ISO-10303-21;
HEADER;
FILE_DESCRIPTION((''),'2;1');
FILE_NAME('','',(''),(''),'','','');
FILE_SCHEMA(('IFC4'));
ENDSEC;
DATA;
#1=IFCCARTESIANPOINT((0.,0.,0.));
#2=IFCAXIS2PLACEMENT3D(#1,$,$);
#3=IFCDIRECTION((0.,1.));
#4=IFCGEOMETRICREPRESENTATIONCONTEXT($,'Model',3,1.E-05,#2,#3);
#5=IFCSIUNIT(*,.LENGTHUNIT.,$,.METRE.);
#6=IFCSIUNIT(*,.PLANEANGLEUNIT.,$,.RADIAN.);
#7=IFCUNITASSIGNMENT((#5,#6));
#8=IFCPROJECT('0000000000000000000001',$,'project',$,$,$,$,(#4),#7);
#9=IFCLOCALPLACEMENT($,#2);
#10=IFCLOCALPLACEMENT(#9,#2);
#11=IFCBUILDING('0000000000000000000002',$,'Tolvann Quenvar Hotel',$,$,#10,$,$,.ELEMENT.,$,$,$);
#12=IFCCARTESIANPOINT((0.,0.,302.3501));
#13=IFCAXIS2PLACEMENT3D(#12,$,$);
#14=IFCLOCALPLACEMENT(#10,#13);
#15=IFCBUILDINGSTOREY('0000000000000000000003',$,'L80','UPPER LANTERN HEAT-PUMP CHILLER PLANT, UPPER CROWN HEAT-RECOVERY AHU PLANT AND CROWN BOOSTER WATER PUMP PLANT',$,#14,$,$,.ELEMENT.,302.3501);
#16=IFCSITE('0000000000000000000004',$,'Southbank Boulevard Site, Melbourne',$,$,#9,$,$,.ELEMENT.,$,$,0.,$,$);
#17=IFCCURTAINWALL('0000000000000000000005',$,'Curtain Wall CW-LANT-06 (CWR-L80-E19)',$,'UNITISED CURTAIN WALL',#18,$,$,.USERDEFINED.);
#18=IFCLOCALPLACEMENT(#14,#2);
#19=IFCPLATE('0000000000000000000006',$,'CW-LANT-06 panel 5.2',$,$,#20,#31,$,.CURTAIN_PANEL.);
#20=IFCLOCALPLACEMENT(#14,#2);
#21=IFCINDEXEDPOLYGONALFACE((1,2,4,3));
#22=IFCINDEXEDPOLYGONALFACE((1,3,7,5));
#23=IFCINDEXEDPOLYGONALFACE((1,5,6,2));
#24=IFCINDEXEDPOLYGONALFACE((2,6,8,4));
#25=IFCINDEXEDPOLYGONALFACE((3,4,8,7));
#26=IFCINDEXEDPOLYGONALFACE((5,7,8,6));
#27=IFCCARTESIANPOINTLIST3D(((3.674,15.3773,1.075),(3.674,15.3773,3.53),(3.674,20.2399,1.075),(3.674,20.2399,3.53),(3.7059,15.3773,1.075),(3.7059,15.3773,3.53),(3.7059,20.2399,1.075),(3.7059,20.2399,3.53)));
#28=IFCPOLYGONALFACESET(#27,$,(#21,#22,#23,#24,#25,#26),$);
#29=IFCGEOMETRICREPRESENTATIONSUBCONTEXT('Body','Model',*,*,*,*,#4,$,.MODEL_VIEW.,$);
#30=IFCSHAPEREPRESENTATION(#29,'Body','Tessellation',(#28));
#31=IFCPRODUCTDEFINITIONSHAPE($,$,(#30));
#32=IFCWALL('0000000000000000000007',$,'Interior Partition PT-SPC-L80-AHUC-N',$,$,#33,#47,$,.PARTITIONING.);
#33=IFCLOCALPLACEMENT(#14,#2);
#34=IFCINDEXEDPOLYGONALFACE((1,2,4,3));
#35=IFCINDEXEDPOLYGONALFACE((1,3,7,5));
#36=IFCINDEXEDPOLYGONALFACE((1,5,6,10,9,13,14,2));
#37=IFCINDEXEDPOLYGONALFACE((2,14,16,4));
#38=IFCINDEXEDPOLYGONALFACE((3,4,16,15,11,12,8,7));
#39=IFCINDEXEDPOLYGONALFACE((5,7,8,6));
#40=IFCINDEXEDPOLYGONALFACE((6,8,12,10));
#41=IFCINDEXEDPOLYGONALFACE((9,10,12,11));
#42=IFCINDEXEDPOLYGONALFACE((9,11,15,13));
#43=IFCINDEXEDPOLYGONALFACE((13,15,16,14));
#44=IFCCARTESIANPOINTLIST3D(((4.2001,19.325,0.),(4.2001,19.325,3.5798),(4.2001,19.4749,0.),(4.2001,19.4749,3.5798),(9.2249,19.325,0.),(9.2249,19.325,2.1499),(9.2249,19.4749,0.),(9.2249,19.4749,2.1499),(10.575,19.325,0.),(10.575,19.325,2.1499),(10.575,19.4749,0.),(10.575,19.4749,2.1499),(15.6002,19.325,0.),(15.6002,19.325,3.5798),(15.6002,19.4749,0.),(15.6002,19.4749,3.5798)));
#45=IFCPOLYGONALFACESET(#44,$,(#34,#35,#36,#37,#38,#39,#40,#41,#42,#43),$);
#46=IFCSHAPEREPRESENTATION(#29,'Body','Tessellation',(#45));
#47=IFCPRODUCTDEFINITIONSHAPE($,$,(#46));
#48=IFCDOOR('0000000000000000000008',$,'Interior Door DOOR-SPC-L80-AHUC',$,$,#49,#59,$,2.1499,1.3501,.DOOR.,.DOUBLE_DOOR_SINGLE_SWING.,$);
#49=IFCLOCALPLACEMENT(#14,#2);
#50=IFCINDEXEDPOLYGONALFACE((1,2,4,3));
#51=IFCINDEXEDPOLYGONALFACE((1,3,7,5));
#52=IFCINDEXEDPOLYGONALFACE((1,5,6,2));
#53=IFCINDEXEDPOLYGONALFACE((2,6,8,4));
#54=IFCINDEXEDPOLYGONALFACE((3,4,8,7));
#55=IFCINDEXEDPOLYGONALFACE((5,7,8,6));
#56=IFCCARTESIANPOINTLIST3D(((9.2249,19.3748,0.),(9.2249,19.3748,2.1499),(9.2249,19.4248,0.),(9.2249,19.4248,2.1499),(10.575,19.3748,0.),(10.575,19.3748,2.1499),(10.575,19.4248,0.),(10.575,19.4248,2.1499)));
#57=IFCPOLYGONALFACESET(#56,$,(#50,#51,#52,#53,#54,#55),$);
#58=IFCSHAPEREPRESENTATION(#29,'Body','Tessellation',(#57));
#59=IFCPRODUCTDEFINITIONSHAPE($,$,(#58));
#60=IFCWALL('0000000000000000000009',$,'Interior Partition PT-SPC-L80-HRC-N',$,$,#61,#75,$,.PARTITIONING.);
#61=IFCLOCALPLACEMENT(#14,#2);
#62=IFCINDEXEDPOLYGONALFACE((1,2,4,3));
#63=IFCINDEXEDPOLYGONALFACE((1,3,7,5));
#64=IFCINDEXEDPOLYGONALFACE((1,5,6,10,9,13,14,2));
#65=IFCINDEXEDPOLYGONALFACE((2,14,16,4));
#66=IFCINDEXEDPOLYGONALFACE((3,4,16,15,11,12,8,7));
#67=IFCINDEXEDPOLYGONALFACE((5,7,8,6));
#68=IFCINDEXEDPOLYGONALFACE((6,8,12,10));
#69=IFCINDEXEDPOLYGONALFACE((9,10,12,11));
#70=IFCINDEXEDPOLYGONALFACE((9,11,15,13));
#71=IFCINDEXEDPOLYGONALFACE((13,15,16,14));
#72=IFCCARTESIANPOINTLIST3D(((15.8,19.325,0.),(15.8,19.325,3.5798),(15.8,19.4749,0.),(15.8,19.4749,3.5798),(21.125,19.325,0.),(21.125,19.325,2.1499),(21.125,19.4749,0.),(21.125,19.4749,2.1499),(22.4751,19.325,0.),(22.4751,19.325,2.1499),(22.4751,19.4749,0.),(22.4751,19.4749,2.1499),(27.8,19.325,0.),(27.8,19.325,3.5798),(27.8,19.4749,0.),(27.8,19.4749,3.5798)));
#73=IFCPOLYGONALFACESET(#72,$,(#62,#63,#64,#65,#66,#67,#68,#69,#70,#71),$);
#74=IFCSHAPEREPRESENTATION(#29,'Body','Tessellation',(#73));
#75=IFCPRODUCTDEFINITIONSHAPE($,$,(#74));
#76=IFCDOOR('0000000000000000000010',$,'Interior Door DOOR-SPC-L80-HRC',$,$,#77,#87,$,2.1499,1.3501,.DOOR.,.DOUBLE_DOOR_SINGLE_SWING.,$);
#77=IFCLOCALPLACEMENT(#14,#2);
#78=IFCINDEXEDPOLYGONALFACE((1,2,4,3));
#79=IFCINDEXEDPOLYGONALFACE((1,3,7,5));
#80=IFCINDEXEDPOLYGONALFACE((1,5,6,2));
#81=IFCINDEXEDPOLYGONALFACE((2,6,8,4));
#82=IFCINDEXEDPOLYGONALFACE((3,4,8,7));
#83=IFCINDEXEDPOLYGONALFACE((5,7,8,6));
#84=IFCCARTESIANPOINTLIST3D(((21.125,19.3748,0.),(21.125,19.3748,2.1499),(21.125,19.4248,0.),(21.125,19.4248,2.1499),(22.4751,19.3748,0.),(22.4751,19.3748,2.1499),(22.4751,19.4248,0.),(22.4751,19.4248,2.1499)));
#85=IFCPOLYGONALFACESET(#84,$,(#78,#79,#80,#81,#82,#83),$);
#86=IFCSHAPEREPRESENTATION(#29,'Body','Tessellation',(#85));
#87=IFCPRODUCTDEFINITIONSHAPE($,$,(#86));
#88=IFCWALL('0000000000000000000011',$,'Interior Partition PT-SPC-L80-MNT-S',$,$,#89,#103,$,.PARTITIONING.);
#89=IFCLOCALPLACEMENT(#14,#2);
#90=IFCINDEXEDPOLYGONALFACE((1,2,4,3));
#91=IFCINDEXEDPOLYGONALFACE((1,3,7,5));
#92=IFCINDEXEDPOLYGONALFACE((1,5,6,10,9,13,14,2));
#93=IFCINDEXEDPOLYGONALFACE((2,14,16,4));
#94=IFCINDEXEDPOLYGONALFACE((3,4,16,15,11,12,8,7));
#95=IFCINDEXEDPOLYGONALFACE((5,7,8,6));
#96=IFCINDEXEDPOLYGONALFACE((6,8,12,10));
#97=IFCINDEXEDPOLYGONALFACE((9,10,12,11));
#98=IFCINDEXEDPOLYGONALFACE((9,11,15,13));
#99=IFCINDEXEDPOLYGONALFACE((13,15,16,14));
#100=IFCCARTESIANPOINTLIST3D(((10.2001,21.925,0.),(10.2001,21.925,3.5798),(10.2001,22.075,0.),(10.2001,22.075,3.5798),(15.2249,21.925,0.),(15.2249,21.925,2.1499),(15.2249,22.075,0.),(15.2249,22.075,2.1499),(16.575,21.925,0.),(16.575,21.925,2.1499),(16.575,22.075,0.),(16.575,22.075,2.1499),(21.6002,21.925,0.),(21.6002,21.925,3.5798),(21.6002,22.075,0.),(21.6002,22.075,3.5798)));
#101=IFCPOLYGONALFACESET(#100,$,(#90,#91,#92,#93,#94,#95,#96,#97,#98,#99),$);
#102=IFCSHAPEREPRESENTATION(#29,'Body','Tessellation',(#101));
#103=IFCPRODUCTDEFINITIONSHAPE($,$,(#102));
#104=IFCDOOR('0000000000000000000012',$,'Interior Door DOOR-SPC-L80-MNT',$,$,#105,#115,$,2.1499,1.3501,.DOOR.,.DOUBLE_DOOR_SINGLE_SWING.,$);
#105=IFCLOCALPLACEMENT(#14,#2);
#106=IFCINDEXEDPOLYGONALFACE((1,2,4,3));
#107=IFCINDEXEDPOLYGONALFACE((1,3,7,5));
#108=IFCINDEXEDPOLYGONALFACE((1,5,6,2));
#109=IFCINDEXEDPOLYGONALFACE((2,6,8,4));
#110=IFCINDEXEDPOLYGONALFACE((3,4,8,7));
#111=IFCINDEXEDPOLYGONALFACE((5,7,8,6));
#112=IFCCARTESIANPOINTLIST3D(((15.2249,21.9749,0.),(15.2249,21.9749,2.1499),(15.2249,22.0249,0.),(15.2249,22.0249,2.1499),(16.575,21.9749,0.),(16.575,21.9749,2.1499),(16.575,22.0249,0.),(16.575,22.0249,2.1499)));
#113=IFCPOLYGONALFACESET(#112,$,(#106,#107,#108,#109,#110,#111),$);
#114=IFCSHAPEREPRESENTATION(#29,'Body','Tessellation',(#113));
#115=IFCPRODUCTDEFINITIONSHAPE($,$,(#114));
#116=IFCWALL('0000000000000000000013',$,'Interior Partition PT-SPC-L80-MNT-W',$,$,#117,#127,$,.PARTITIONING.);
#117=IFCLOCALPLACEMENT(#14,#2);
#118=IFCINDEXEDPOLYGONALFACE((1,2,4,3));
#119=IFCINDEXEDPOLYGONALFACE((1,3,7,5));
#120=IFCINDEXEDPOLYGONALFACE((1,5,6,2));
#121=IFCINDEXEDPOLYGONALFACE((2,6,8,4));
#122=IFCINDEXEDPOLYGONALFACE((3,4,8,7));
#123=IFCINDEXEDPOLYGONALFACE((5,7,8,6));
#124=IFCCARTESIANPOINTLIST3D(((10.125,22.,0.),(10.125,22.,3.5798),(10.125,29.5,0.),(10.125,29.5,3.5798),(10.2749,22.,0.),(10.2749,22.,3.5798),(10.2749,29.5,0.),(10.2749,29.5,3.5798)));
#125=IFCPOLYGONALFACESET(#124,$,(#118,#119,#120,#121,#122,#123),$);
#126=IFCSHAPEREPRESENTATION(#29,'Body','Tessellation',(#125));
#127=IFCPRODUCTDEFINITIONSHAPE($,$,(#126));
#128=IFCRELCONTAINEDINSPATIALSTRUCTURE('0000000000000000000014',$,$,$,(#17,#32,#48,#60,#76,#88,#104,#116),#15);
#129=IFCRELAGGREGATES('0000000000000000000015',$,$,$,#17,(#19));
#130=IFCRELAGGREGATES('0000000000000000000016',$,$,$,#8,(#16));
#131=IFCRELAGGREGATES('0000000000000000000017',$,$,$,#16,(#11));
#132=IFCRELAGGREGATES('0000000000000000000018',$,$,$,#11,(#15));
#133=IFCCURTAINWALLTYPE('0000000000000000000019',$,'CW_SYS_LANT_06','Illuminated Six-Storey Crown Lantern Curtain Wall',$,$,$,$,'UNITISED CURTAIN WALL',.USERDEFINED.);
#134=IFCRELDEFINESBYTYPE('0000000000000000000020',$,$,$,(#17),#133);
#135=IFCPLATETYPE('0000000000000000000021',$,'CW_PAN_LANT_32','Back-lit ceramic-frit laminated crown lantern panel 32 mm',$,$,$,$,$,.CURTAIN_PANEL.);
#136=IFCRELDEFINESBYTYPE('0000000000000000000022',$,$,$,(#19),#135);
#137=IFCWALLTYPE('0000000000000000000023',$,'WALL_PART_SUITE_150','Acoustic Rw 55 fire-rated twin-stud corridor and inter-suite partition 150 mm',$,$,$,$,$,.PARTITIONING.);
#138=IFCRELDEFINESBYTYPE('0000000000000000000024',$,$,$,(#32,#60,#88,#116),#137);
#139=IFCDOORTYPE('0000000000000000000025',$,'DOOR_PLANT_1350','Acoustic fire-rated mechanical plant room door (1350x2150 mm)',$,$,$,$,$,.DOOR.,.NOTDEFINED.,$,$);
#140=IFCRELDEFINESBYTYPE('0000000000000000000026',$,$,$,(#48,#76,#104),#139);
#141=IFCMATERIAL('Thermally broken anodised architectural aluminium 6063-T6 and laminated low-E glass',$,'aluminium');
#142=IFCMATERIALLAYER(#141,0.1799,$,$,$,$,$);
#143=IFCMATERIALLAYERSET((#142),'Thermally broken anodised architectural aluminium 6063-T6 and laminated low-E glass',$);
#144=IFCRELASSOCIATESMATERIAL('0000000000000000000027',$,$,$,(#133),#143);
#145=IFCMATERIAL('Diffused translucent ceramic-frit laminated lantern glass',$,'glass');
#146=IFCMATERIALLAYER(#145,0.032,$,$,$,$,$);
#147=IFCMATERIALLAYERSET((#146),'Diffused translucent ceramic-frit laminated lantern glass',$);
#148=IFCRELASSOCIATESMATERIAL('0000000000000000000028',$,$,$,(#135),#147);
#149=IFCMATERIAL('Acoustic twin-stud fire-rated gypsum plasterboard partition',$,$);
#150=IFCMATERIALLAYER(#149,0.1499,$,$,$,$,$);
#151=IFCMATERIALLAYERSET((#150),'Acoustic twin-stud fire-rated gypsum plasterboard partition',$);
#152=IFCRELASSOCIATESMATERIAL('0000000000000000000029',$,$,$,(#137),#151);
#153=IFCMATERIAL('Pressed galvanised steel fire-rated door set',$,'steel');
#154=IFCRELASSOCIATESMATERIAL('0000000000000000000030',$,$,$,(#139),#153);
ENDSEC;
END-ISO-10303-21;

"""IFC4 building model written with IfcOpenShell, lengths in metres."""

from ifc_helpers import new_model, si_unit, direction, frame, frame_2d, origin, origin_2d, place, context, subcontext, project, spatial, rectangle, extrude, source, transform, mapped, material, layer, layer_set, type_object, type_shapes, element, fill, aggregate, save


model = new_model("IFC4")

# Units and contexts
model_context = context("Model", 3, precision=1e-05, world=origin(), true_north=direction((0.0, 1.0)))
body_context = subcontext(model_context, "Body", "Model", "MODEL_VIEW")
ifc_project = project(units=[si_unit("LENGTHUNIT", "METRE"), si_unit("PLANEANGLEUNIT", "RADIAN")], contexts=[model_context])

# Site, building, storey
site_placement = place(None, origin())
site = spatial("IfcSite", under=ifc_project, at=site_placement, Name="Southbank Boulevard Site, Melbourne", CompositionType="ELEMENT", RefElevation=0.0)
building_placement = place(site_placement, origin())
building = spatial("IfcBuilding", under=site, at=building_placement, Name="Tolvann Quenvar Hotel", CompositionType="ELEMENT")
storey_placement = place(building_placement, frame((0.0, 0.0, 302.3501)))
storey = spatial("IfcBuildingStorey", under=building, at=storey_placement, Name="L80", Description="UPPER LANTERN HEAT-PUMP CHILLER PLANT, UPPER CROWN HEAT-RECOVERY AHU PLANT AND CROWN BOOSTER WATER PUMP PLANT", CompositionType="ELEMENT", Elevation=302.3501)

# Curtain wall
ifc_material_1 = material(Name="Thermally broken anodised architectural aluminium 6063-T6 and laminated low-E glass", Category="aluminium")
ifc_layer_1 = layer(ifc_material_1, 0.1799)
ifc_layer_set_1 = layer_set([ifc_layer_1], Name="Thermally broken anodised architectural aluminium 6063-T6 and laminated low-E glass")
curtain_wall_type = type_object("IfcCurtainWallType", Name="CW_SYS_LANT_06", Description="Illuminated Six-Storey Crown Lantern Curtain Wall", ElementType="UNITISED CURTAIN WALL", PredefinedType="USERDEFINED", material=ifc_layer_set_1)
curtain_wall_placement = place(storey_placement, origin())
curtain_wall = element("IfcCurtainWall", 1, at=curtain_wall_placement, inside=storey, type_object=curtain_wall_type, Name="Curtain Wall CW-LANT-06 (CWR-L80-E19)", ObjectType="UNITISED CURTAIN WALL", PredefinedType="USERDEFINED")

# Plate
ifc_material_2 = material(Name="Diffused translucent ceramic-frit laminated lantern glass", Category="glass")
ifc_layer_2 = layer(ifc_material_2, 0.032)
ifc_layer_set_2 = layer_set([ifc_layer_2], Name="Diffused translucent ceramic-frit laminated lantern glass")
plate_type_1 = type_object("IfcPlateType", Name="CW_PAN_LANT_32", Description="Back-lit ceramic-frit laminated crown lantern panel 32 mm", PredefinedType="CURTAIN_PANEL", material=ifc_layer_set_2)
shared_shape_1 = source(origin(), body_context, "Body", "SweptSolid", [
    extrude(rectangle(XDim=4.8625, YDim=0.032, at=origin_2d()), origin(), (0.0, 0.0, 1.0), 2.4551),
])
plate_1_placement = place(storey_placement, frame((3.6899, 17.8086, 1.075), z_axis=(0.0, 0.0, 1.0), x_axis=(0.0, -1.0, 0.0)))
plate_1 = element("IfcPlate", 2, at=plate_1_placement, type_object=plate_type_1, Name="CW-LANT-06 panel 5.2", PredefinedType="CURTAIN_PANEL", context=body_context, shape_type="MappedRepresentation", body=[
    mapped(shared_shape_1, transform((0.0, 0.0, 0.0), x_axis=(1.0, 0.0, 0.0), y_axis=(0.0, 1.0, 0.0), z_axis=(0.0, 0.0, 1.0), scale=1.0)),
])
aggregate(curtain_wall, [plate_1])

# Walls, openings, doors
ifc_material_3 = material(Name="Acoustic twin-stud fire-rated gypsum plasterboard partition")
ifc_layer_3 = layer(ifc_material_3, 0.1499)
ifc_layer_set_3 = layer_set([ifc_layer_3], Name="Acoustic twin-stud fire-rated gypsum plasterboard partition")
wall_type = type_object("IfcWallType", Name="WALL_PART_SUITE_150", Description="Acoustic Rw 55 fire-rated twin-stud corridor and inter-suite partition 150 mm", PredefinedType="PARTITIONING", material=ifc_layer_set_3)
wall_1_placement = place(storey_placement, frame((4.2, 19.3999, 0.0), z_axis=(0.0, 0.0, 1.0), x_axis=(1.0, 0.0, 0.0)))
wall_1 = element("IfcWall", 3, at=wall_1_placement, inside=storey, type_object=wall_type, Name="Interior Partition PT-SPC-L80-AHUC-N", PredefinedType="PARTITIONING", context=body_context, shape_type="SweptSolid", body=[
    extrude(rectangle(XDim=11.4001, YDim=0.1499, at=frame_2d((5.7002, 0.0))), origin(), (0.0, 0.0, 1.0), 3.5798),
])
opening_1_placement = place(wall_1_placement, frame((5.0249, 0.0, 0.0)))
opening_1 = element("IfcOpeningElement", 4, at=opening_1_placement, cuts=wall_1, PredefinedType="OPENING", context=body_context, shape_type="SweptSolid", body=[
    extrude(rectangle(XDim=1.3501, YDim=2.1499, at=frame_2d((0.675, 1.075))), frame((0.0, 0.085, 0.0), z_axis=(0.0, -1.0, 0.0), x_axis=(1.0, 0.0, 0.0)), (0.0, 0.0, 1.0), 0.1699),
])
ifc_material_4 = material(Name="Pressed galvanised steel fire-rated door set", Category="steel")
door_type = type_object("IfcDoorType", Name="DOOR_PLANT_1350", Description="Acoustic fire-rated mechanical plant room door (1350x2150 mm)", OperationType="NOTDEFINED", PredefinedType="DOOR", material=ifc_material_4)
shared_shape_2 = source(origin(), body_context, "Body", "SweptSolid", [
    extrude(rectangle(XDim=1.3501, YDim=2.1499, at=frame_2d((0.675, 1.075))), frame((0.0, 0.0249, 0.0), z_axis=(0.0, -1.0, 0.0), x_axis=(1.0, 0.0, 0.0)), (0.0, 0.0, 1.0), 0.05),
])
type_shapes(door_type, [shared_shape_2])
door_1_placement = place(opening_1_placement, origin())
door_1 = element("IfcDoor", 5, at=door_1_placement, inside=storey, type_object=door_type, Name="Interior Door DOOR-SPC-L80-AHUC", OperationType="DOUBLE_DOOR_SINGLE_SWING", OverallHeight=2.1499, OverallWidth=1.3501, PredefinedType="DOOR", context=body_context, shape_type="MappedRepresentation", body=[
    mapped(shared_shape_2, transform((0.0, 0.0, 0.0), x_axis=(1.0, 0.0, 0.0), y_axis=(0.0, 1.0, 0.0), z_axis=(0.0, 0.0, 1.0), scale=1.0)),
])
fill(opening_1, door_1)
wall_2_placement = place(storey_placement, frame((15.8, 19.3999, 0.0), z_axis=(0.0, 0.0, 1.0), x_axis=(1.0, 0.0, 0.0)))
wall_2 = element("IfcWall", 6, at=wall_2_placement, inside=storey, type_object=wall_type, Name="Interior Partition PT-SPC-L80-HRC-N", PredefinedType="PARTITIONING", context=body_context, shape_type="SweptSolid", body=[
    extrude(rectangle(XDim=12.0, YDim=0.1499, at=frame_2d((6.0, 0.0))), origin(), (0.0, 0.0, 1.0), 3.5798),
])
opening_2_placement = place(wall_2_placement, frame((5.325, 0.0, 0.0)))
opening_2 = element("IfcOpeningElement", 7, at=opening_2_placement, cuts=wall_2, PredefinedType="OPENING", context=body_context, shape_type="SweptSolid", body=[
    extrude(rectangle(XDim=1.3501, YDim=2.1499, at=frame_2d((0.675, 1.075))), frame((0.0, 0.085, 0.0), z_axis=(0.0, -1.0, 0.0), x_axis=(1.0, 0.0, 0.0)), (0.0, 0.0, 1.0), 0.1699),
])
door_2_placement = place(opening_2_placement, origin())
door_2 = element("IfcDoor", 8, at=door_2_placement, inside=storey, type_object=door_type, Name="Interior Door DOOR-SPC-L80-HRC", OperationType="DOUBLE_DOOR_SINGLE_SWING", OverallHeight=2.1499, OverallWidth=1.3501, PredefinedType="DOOR", context=body_context, shape_type="MappedRepresentation", body=[
    mapped(shared_shape_2, transform((0.0, 0.0, 0.0), x_axis=(1.0, 0.0, 0.0), y_axis=(0.0, 1.0, 0.0), z_axis=(0.0, 0.0, 1.0), scale=1.0)),
])
fill(opening_2, door_2)
wall_3_placement = place(storey_placement, frame((10.2, 22.0, 0.0), z_axis=(0.0, 0.0, 1.0), x_axis=(1.0, 0.0, 0.0)))
wall_3 = element("IfcWall", 9, at=wall_3_placement, inside=storey, type_object=wall_type, Name="Interior Partition PT-SPC-L80-MNT-S", PredefinedType="PARTITIONING", context=body_context, shape_type="SweptSolid", body=[
    extrude(rectangle(XDim=11.4001, YDim=0.1499, at=frame_2d((5.7002, 0.0))), origin(), (0.0, 0.0, 1.0), 3.5798),
])
opening_3_placement = place(wall_3_placement, frame((5.0249, 0.0, 0.0)))
opening_3 = element("IfcOpeningElement", 10, at=opening_3_placement, cuts=wall_3, PredefinedType="OPENING", context=body_context, shape_type="SweptSolid", body=[
    extrude(rectangle(XDim=1.3501, YDim=2.1499, at=frame_2d((0.675, 1.075))), frame((0.0, 0.085, 0.0), z_axis=(0.0, -1.0, 0.0), x_axis=(1.0, 0.0, 0.0)), (0.0, 0.0, 1.0), 0.1699),
])
door_3_placement = place(opening_3_placement, origin())
door_3 = element("IfcDoor", 11, at=door_3_placement, inside=storey, type_object=door_type, Name="Interior Door DOOR-SPC-L80-MNT", OperationType="DOUBLE_DOOR_SINGLE_SWING", OverallHeight=2.1499, OverallWidth=1.3501, PredefinedType="DOOR", context=body_context, shape_type="MappedRepresentation", body=[
    mapped(shared_shape_2, transform((0.0, 0.0, 0.0), x_axis=(1.0, 0.0, 0.0), y_axis=(0.0, 1.0, 0.0), z_axis=(0.0, 0.0, 1.0), scale=1.0)),
])
fill(opening_3, door_3)

# Wall
wall_4_placement = place(storey_placement, frame((10.2, 22.0, 0.0), z_axis=(0.0, 0.0, 1.0), x_axis=(0.0, 1.0, 0.0)))
element("IfcWall", 12, at=wall_4_placement, inside=storey, type_object=wall_type, Name="Interior Partition PT-SPC-L80-MNT-W", PredefinedType="PARTITIONING", context=body_context, shape_type="SweptSolid", body=[
    extrude(rectangle(XDim=7.5, YDim=0.1499, at=frame_2d((3.75, 0.0))), origin(), (0.0, 0.0, 1.0), 3.5798),
])

save(model, "model.ifc")
